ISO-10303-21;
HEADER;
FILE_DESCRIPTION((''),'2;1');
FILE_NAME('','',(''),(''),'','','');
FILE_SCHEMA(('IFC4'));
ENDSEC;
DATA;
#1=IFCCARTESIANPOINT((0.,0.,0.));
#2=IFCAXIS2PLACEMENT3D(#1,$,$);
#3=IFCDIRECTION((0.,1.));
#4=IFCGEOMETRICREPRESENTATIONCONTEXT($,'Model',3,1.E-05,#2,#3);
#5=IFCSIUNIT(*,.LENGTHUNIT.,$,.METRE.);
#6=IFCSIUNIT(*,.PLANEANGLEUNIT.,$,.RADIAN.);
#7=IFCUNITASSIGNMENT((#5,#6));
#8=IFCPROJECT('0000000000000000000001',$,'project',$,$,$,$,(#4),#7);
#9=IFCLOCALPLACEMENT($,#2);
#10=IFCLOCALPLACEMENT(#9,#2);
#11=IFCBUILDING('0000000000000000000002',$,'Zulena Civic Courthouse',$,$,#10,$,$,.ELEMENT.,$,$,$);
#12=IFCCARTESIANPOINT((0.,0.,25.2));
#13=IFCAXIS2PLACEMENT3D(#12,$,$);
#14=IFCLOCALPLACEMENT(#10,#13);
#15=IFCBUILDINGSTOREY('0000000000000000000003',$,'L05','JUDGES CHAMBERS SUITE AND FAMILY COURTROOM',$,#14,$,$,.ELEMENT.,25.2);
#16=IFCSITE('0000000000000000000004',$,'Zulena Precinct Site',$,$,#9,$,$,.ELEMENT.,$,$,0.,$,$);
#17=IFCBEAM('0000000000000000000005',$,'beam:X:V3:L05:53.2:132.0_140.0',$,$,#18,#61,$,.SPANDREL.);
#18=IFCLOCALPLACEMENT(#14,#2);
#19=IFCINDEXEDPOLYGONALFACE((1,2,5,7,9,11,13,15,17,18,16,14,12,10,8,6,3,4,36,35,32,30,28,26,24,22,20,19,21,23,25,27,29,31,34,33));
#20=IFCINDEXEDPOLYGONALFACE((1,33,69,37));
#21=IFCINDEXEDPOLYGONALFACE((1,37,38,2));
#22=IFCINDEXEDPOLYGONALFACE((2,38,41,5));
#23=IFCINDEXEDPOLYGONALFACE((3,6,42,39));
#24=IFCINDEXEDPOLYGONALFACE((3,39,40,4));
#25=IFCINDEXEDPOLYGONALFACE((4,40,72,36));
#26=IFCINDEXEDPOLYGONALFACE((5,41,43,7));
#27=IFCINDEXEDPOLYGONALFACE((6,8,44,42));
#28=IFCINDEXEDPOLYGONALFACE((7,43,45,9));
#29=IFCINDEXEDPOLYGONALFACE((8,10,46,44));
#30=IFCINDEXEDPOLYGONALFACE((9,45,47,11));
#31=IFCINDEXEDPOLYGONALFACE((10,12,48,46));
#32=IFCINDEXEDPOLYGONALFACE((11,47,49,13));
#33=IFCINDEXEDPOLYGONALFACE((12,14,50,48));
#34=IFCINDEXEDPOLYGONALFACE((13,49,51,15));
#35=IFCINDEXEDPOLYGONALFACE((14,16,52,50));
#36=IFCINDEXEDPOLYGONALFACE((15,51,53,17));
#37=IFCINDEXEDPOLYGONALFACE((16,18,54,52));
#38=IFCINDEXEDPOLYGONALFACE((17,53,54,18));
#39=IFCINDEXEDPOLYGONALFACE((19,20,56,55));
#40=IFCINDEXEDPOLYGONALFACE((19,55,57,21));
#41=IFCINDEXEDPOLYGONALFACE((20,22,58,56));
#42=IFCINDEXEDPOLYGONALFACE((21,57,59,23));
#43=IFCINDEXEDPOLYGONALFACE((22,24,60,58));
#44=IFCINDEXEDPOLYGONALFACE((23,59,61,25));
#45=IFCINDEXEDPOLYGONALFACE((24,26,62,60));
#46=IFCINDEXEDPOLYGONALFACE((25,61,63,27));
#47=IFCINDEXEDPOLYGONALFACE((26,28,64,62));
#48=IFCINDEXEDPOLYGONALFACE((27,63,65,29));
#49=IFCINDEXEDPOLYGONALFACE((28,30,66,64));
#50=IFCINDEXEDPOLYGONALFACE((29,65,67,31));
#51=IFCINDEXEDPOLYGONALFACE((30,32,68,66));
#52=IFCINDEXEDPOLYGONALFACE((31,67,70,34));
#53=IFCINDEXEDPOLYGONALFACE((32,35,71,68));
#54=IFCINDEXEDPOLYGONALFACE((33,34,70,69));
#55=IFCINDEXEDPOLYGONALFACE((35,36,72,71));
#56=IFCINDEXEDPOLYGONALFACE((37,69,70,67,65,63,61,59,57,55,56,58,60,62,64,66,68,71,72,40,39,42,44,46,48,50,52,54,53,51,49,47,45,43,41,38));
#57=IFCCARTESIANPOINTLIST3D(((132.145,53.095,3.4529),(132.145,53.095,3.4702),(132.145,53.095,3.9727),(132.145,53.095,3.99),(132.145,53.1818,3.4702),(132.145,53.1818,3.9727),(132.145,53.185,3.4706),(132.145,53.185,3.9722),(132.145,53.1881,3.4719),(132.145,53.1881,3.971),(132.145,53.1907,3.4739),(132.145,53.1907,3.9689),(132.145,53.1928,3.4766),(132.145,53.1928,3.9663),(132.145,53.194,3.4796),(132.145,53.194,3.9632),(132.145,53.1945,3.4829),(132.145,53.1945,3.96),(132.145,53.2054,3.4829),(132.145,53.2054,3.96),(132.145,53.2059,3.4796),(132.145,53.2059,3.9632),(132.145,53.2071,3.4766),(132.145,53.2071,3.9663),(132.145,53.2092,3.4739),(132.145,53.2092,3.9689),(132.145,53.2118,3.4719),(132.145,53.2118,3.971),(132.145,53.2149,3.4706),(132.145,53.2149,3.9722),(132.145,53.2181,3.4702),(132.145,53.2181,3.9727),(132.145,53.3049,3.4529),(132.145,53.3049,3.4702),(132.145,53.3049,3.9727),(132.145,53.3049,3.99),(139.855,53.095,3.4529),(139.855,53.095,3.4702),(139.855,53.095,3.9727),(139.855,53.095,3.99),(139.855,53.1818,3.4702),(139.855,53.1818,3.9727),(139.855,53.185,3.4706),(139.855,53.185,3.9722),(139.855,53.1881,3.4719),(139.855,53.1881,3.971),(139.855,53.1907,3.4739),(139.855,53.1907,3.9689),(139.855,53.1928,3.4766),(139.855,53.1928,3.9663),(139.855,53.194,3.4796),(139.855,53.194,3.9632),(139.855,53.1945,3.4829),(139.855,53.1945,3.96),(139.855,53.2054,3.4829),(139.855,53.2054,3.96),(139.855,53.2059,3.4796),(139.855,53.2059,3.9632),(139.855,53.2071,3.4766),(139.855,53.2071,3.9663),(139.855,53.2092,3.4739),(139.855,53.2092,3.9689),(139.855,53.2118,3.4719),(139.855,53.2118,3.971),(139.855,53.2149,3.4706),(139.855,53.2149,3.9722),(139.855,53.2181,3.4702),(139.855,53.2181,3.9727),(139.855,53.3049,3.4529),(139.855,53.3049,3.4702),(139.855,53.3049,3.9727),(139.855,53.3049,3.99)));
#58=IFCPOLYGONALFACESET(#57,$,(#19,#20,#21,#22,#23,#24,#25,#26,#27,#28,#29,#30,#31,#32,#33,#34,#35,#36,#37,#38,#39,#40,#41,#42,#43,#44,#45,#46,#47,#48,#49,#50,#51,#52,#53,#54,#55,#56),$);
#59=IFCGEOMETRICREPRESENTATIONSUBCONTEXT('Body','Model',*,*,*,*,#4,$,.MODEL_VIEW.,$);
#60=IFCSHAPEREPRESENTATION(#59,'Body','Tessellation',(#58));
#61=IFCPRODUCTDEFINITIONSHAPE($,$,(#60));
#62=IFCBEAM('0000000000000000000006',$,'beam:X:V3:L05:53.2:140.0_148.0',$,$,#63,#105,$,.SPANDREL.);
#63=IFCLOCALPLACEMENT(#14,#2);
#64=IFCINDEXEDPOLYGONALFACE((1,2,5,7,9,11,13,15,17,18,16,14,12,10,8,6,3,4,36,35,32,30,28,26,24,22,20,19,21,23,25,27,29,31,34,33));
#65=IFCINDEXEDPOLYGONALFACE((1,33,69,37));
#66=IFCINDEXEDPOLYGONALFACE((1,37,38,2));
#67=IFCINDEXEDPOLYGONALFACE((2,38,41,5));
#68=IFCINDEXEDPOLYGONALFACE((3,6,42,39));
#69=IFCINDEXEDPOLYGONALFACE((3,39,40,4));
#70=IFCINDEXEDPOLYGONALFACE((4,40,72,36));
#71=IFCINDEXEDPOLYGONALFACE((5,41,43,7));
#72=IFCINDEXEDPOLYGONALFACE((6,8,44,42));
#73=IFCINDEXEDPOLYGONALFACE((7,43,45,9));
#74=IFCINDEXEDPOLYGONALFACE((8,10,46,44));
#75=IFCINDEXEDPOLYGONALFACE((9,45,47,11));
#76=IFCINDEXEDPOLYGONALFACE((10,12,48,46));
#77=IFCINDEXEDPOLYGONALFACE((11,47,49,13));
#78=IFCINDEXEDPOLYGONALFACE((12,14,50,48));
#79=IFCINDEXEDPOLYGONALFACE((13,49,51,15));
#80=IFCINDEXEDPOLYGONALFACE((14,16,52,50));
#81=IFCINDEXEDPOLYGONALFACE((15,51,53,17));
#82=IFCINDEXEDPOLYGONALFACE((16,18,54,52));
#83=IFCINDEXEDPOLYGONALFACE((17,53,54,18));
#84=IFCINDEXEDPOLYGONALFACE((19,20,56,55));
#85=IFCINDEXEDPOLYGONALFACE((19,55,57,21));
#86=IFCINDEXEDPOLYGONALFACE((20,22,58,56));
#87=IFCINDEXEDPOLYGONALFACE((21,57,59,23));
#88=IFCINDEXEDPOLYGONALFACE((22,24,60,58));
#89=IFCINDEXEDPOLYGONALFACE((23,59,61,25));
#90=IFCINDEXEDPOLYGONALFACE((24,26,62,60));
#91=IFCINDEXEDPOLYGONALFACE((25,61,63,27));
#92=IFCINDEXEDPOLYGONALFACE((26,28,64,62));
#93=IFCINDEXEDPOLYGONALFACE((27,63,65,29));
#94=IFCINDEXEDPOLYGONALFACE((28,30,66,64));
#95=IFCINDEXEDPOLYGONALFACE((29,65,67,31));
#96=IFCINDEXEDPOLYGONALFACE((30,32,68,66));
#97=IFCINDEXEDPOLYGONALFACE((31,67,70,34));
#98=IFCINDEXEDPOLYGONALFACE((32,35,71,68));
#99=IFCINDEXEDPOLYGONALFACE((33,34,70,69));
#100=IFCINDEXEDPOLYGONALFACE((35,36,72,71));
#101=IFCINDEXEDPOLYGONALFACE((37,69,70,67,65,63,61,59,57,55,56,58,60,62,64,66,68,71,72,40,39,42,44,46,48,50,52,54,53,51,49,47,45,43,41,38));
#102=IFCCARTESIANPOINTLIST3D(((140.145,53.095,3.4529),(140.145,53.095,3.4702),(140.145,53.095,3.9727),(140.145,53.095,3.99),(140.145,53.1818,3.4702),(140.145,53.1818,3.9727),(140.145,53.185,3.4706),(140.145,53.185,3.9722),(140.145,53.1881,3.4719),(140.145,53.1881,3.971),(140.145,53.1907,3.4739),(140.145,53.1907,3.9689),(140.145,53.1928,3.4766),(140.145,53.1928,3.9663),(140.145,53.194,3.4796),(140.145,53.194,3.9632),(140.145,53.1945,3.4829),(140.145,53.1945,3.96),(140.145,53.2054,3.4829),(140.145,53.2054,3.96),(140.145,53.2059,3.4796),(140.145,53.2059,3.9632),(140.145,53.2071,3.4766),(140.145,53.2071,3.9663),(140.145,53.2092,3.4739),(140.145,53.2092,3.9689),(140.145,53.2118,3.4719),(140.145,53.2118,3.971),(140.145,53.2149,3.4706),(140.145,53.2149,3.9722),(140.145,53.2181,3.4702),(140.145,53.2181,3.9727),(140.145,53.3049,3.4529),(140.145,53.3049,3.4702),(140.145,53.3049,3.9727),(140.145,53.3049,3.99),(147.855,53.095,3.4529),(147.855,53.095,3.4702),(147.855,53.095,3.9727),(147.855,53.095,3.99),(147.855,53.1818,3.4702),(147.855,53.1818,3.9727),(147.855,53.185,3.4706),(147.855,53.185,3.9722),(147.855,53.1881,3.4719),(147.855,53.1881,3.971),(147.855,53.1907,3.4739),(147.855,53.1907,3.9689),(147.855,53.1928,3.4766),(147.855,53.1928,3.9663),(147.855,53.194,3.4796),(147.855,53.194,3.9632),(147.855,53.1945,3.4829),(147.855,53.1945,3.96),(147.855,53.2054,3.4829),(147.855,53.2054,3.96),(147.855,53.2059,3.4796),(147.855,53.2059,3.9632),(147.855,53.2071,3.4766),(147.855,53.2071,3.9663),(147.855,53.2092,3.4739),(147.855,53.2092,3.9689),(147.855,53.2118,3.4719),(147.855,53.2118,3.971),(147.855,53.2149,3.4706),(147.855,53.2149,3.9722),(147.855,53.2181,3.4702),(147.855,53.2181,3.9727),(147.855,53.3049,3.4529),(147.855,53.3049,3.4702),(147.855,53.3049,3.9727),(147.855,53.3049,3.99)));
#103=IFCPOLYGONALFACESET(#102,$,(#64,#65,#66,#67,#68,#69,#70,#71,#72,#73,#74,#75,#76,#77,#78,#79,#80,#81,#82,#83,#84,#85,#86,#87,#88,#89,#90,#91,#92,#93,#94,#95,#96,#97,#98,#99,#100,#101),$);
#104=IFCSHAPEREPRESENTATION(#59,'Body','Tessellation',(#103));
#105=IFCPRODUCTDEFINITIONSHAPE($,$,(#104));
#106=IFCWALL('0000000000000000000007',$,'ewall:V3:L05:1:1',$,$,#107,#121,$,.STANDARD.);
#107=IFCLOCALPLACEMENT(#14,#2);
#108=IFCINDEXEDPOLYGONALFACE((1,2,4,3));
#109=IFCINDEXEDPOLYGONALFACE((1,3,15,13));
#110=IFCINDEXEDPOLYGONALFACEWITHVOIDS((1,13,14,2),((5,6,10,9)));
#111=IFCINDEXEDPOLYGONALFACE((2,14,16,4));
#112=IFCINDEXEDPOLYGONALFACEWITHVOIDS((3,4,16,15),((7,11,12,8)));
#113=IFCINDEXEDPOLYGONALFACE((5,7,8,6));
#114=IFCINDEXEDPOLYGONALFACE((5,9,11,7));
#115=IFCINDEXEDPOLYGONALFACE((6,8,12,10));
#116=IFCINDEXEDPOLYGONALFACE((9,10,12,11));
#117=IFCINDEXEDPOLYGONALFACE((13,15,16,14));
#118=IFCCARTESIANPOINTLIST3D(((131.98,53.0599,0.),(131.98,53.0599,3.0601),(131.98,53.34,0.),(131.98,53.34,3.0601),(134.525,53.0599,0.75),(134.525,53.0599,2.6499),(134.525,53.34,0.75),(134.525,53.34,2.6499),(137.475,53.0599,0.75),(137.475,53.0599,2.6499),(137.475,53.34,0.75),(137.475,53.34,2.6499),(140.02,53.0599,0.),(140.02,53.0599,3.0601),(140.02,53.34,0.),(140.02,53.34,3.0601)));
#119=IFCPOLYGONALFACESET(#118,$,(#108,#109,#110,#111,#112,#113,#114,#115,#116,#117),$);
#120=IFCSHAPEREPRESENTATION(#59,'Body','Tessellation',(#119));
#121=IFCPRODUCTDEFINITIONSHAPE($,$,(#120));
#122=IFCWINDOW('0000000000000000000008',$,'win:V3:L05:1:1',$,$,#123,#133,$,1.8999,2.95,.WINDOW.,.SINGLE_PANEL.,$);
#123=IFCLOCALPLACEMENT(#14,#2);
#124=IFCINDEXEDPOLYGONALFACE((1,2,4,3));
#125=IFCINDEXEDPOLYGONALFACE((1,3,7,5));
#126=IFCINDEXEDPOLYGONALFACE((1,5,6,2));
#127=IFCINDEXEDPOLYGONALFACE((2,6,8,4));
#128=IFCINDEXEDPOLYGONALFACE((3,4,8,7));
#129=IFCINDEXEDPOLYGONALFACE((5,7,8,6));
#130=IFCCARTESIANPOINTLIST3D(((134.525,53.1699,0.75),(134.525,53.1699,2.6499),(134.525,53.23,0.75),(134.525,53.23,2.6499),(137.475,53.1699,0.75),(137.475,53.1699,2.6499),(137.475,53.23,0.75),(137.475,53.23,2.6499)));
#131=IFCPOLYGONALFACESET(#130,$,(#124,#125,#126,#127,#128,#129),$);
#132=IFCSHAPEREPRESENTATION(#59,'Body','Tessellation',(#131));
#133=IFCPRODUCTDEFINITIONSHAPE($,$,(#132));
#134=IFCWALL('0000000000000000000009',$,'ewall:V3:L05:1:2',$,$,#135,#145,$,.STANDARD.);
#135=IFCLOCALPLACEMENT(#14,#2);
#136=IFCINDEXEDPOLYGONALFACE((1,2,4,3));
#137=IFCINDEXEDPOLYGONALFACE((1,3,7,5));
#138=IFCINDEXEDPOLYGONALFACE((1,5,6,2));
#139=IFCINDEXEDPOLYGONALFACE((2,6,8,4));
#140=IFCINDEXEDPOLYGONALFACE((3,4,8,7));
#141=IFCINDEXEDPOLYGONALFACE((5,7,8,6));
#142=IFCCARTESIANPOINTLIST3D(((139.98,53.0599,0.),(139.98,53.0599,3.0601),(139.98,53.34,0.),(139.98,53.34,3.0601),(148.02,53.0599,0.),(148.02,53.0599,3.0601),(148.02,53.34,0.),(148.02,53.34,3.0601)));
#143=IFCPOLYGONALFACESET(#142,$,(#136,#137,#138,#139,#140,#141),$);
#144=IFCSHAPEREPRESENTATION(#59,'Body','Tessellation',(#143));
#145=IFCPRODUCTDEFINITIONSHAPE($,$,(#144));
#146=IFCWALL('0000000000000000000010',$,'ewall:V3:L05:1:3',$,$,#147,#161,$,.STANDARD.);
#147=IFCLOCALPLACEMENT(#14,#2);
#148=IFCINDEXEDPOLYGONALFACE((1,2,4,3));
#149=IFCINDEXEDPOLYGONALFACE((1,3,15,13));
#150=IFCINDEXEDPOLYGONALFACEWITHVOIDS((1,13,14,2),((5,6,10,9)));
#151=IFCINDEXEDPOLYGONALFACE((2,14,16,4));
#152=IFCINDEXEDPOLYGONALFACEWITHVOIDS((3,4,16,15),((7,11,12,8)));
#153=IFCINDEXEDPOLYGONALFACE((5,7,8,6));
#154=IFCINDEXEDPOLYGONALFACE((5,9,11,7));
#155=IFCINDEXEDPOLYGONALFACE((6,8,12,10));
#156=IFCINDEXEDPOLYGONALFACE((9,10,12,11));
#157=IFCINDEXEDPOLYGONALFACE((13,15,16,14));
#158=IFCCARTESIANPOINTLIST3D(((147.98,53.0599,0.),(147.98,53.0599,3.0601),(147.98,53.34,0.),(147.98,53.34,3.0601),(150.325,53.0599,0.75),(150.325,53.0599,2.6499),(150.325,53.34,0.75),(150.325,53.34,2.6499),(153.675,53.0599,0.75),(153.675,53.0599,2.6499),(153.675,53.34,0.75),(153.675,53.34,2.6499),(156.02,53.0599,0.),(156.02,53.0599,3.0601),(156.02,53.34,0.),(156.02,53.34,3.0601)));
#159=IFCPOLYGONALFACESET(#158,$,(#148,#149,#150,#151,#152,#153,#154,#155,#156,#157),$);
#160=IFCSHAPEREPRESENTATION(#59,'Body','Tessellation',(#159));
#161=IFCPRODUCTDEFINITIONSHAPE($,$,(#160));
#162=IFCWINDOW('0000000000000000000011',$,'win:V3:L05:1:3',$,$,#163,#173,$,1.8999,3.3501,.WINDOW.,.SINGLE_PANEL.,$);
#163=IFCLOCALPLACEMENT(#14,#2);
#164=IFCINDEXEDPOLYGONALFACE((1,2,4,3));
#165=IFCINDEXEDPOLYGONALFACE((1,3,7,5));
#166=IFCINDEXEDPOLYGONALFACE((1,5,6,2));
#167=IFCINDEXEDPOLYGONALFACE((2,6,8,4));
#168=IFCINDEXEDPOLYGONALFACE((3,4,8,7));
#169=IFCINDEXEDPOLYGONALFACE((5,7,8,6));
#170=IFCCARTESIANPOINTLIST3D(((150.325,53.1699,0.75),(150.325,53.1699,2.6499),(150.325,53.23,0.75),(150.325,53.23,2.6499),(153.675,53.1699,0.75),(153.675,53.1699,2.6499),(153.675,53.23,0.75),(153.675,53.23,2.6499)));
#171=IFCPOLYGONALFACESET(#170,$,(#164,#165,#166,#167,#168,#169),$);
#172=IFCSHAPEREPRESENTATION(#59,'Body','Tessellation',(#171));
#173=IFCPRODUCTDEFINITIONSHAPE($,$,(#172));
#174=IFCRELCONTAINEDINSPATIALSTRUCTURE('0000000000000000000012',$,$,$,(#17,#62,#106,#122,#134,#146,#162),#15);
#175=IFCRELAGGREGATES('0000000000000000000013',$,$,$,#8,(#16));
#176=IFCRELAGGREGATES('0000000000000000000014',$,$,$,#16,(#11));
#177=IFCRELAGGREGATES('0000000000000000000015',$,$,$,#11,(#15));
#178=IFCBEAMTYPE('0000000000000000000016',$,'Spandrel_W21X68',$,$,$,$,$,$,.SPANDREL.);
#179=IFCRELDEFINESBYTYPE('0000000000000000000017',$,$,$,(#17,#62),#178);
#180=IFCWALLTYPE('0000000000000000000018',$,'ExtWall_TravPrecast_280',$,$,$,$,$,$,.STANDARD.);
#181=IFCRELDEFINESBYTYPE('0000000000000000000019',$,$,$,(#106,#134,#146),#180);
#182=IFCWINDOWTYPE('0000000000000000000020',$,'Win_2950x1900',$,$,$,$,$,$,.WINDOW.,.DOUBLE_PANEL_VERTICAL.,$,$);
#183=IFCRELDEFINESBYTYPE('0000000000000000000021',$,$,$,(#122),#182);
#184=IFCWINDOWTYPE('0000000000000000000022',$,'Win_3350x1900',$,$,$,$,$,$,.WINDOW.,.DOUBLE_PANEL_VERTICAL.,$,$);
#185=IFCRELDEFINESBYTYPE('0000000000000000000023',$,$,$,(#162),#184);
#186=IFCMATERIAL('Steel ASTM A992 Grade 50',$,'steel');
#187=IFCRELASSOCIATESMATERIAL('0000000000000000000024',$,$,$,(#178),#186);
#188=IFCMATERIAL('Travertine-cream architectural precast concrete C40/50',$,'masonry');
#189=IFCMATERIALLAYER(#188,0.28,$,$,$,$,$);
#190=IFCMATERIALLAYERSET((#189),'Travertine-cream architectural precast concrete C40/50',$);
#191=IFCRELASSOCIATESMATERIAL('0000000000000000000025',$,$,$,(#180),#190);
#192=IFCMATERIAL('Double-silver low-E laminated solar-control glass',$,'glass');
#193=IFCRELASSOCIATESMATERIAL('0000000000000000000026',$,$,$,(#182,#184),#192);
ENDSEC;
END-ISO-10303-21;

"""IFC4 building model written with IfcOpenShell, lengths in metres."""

from ifc_helpers import new_model, si_unit, direction, frame, frame_2d, origin, origin_2d, place, context, subcontext, project, spatial, rectangle, i_section, extrude, material, layer, layer_set, material_profile, profile_set, type_object, element, fill, save


model = new_model("IFC4")

# Units and contexts
model_context = context("Model", 3, precision=1e-05, world=origin(), true_north=direction((0.0, 1.0)))
body_context = subcontext(model_context, "Body", "Model", "MODEL_VIEW")
ifc_project = project(units=[si_unit("LENGTHUNIT", "METRE"), si_unit("PLANEANGLEUNIT", "RADIAN")], contexts=[model_context])

# Site, building, storey
site_placement = place(None, origin())
site = spatial("IfcSite", under=ifc_project, at=site_placement, Name="Zulena Precinct Site", CompositionType="ELEMENT", RefElevation=0.0)
building_placement = place(site_placement, origin())
building = spatial("IfcBuilding", under=site, at=building_placement, Name="Zulena Civic Courthouse", CompositionType="ELEMENT")
storey_placement = place(building_placement, frame((0.0, 0.0, 25.2)))
storey = spatial("IfcBuildingStorey", under=building, at=storey_placement, Name="L05", Description="JUDGES CHAMBERS SUITE AND FAMILY COURTROOM", CompositionType="ELEMENT", Elevation=25.2)

# Shared definitions
ifc_material_1 = material(Name="Steel ASTM A992 Grade 50", Category="steel")

# Beams
ifc_material_profile_1 = material_profile(ifc_material_1, i_section(OverallWidth=0.21, OverallDepth=0.5371, WebThickness=0.011, FlangeThickness=0.0173, FilletRadius=0.0127, at=origin_2d()), Name="W21X68")
ifc_profile_set_1 = profile_set([ifc_material_profile_1], Name="Steel ASTM A992 Grade 50")
beam_type_1 = type_object("IfcBeamType", Name="Spandrel_W21X68", PredefinedType="SPANDREL", material=ifc_profile_set_1)
for number, where, z_axis, x_axis, name in (
    (1, (132.145, 53.2, 3.7214), (1.0, 0.0, 0.0), (0.0, 1.0, 0.0), "beam:X:V3:L05:53.2:132.0_140.0"),
    (2, (140.145, 53.2, 3.7214), (1.0, 0.0, 0.0), (0.0, 1.0, 0.0), "beam:X:V3:L05:53.2:140.0_148.0"),
):
    element("IfcBeam", number, at=place(storey_placement, frame(where, z_axis=z_axis, x_axis=x_axis)), inside=storey, type_object=beam_type_1, Name=name, PredefinedType="SPANDREL", context=body_context, shape_type="SweptSolid", body=[
        extrude(i_section(OverallWidth=0.21, OverallDepth=0.5371, WebThickness=0.011, FlangeThickness=0.0173, FilletRadius=0.0127, at=origin_2d()), origin(), (0.0, 0.0, 1.0), 7.71),
    ])

# Wall, opening, window
ifc_material_2 = material(Name="Travertine-cream architectural precast concrete C40/50", Category="masonry")
ifc_layer_1 = layer(ifc_material_2, 0.28)
ifc_layer_set_1 = layer_set([ifc_layer_1], Name="Travertine-cream architectural precast concrete C40/50")
wall_type_1 = type_object("IfcWallType", Name="ExtWall_TravPrecast_280", PredefinedType="STANDARD", material=ifc_layer_set_1)
wall_1_placement = place(storey_placement, frame((131.98, 53.2, 0.0), z_axis=(0.0, 0.0, 1.0), x_axis=(1.0, 0.0, 0.0)))
wall_1 = element("IfcWall", 3, at=wall_1_placement, inside=storey, type_object=wall_type_1, Name="ewall:V3:L05:1:1", PredefinedType="STANDARD", context=body_context, shape_type="SweptSolid", body=[
    extrude(rectangle(XDim=8.04, YDim=0.28, at=frame_2d((4.02, 0.0))), origin(), (0.0, 0.0, 1.0), 3.0601),
])
opening_1_placement = place(wall_1_placement, frame((2.5449, 0.0, 0.75)))
opening_1 = element("IfcOpeningElement", 4, at=opening_1_placement, cuts=wall_1, PredefinedType="OPENING", context=body_context, shape_type="SweptSolid", body=[
    extrude(rectangle(XDim=2.95, YDim=1.8999, at=frame_2d((1.4751, 0.95))), frame((0.0, 0.1499, 0.0), z_axis=(0.0, -1.0, 0.0), x_axis=(1.0, 0.0, 0.0)), (0.0, 0.0, 1.0), 0.3),
])
ifc_material_3 = material(Name="Double-silver low-E laminated solar-control glass", Category="glass")
window_type_1 = type_object("IfcWindowType", Name="Win_2950x1900", PartitioningType="DOUBLE_PANEL_VERTICAL", PredefinedType="WINDOW", material=ifc_material_3)
window_1_placement = place(opening_1_placement, origin())
window_1 = element("IfcWindow", 5, at=window_1_placement, inside=storey, type_object=window_type_1, Name="win:V3:L05:1:1", OverallHeight=1.8999, OverallWidth=2.95, PartitioningType="SINGLE_PANEL", PredefinedType="WINDOW", context=body_context, shape_type="SweptSolid", body=[
    extrude(rectangle(XDim=2.95, YDim=1.8999, at=frame_2d((1.4751, 0.95))), frame((0.0, 0.03, 0.0), z_axis=(0.0, -1.0, 0.0), x_axis=(1.0, 0.0, 0.0)), (0.0, 0.0, 1.0), 0.0601),
])
fill(opening_1, window_1)

# Wall
wall_2_placement = place(storey_placement, frame((139.98, 53.2, 0.0), z_axis=(0.0, 0.0, 1.0), x_axis=(1.0, 0.0, 0.0)))
element("IfcWall", 6, at=wall_2_placement, inside=storey, type_object=wall_type_1, Name="ewall:V3:L05:1:2", PredefinedType="STANDARD", context=body_context, shape_type="SweptSolid", body=[
    extrude(rectangle(XDim=8.04, YDim=0.28, at=frame_2d((4.02, 0.0))), origin(), (0.0, 0.0, 1.0), 3.0601),
])

# Wall, opening, window
wall_3_placement = place(storey_placement, frame((147.98, 53.2, 0.0), z_axis=(0.0, 0.0, 1.0), x_axis=(1.0, 0.0, 0.0)))
wall_3 = element("IfcWall", 7, at=wall_3_placement, inside=storey, type_object=wall_type_1, Name="ewall:V3:L05:1:3", PredefinedType="STANDARD", context=body_context, shape_type="SweptSolid", body=[
    extrude(rectangle(XDim=8.04, YDim=0.28, at=frame_2d((4.02, 0.0))), origin(), (0.0, 0.0, 1.0), 3.0601),
])
opening_2_placement = place(wall_3_placement, frame((2.345, 0.0, 0.75)))
opening_2 = element("IfcOpeningElement", 8, at=opening_2_placement, cuts=wall_3, PredefinedType="OPENING", context=body_context, shape_type="SweptSolid", body=[
    extrude(rectangle(XDim=3.3501, YDim=1.8999, at=frame_2d((1.675, 0.95))), frame((0.0, 0.1499, 0.0), z_axis=(0.0, -1.0, 0.0), x_axis=(1.0, 0.0, 0.0)), (0.0, 0.0, 1.0), 0.3),
])
window_type_2 = type_object("IfcWindowType", Name="Win_3350x1900", PartitioningType="DOUBLE_PANEL_VERTICAL", PredefinedType="WINDOW", material=ifc_material_3)
window_2_placement = place(opening_2_placement, origin())
window_2 = element("IfcWindow", 9, at=window_2_placement, inside=storey, type_object=window_type_2, Name="win:V3:L05:1:3", OverallHeight=1.8999, OverallWidth=3.3501, PartitioningType="SINGLE_PANEL", PredefinedType="WINDOW", context=body_context, shape_type="SweptSolid", body=[
    extrude(rectangle(XDim=3.3501, YDim=1.8999, at=frame_2d((1.675, 0.95))), frame((0.0, 0.03, 0.0), z_axis=(0.0, -1.0, 0.0), x_axis=(1.0, 0.0, 0.0)), (0.0, 0.0, 1.0), 0.0601),
])
fill(opening_2, window_2)

save(model, "model.ifc")
